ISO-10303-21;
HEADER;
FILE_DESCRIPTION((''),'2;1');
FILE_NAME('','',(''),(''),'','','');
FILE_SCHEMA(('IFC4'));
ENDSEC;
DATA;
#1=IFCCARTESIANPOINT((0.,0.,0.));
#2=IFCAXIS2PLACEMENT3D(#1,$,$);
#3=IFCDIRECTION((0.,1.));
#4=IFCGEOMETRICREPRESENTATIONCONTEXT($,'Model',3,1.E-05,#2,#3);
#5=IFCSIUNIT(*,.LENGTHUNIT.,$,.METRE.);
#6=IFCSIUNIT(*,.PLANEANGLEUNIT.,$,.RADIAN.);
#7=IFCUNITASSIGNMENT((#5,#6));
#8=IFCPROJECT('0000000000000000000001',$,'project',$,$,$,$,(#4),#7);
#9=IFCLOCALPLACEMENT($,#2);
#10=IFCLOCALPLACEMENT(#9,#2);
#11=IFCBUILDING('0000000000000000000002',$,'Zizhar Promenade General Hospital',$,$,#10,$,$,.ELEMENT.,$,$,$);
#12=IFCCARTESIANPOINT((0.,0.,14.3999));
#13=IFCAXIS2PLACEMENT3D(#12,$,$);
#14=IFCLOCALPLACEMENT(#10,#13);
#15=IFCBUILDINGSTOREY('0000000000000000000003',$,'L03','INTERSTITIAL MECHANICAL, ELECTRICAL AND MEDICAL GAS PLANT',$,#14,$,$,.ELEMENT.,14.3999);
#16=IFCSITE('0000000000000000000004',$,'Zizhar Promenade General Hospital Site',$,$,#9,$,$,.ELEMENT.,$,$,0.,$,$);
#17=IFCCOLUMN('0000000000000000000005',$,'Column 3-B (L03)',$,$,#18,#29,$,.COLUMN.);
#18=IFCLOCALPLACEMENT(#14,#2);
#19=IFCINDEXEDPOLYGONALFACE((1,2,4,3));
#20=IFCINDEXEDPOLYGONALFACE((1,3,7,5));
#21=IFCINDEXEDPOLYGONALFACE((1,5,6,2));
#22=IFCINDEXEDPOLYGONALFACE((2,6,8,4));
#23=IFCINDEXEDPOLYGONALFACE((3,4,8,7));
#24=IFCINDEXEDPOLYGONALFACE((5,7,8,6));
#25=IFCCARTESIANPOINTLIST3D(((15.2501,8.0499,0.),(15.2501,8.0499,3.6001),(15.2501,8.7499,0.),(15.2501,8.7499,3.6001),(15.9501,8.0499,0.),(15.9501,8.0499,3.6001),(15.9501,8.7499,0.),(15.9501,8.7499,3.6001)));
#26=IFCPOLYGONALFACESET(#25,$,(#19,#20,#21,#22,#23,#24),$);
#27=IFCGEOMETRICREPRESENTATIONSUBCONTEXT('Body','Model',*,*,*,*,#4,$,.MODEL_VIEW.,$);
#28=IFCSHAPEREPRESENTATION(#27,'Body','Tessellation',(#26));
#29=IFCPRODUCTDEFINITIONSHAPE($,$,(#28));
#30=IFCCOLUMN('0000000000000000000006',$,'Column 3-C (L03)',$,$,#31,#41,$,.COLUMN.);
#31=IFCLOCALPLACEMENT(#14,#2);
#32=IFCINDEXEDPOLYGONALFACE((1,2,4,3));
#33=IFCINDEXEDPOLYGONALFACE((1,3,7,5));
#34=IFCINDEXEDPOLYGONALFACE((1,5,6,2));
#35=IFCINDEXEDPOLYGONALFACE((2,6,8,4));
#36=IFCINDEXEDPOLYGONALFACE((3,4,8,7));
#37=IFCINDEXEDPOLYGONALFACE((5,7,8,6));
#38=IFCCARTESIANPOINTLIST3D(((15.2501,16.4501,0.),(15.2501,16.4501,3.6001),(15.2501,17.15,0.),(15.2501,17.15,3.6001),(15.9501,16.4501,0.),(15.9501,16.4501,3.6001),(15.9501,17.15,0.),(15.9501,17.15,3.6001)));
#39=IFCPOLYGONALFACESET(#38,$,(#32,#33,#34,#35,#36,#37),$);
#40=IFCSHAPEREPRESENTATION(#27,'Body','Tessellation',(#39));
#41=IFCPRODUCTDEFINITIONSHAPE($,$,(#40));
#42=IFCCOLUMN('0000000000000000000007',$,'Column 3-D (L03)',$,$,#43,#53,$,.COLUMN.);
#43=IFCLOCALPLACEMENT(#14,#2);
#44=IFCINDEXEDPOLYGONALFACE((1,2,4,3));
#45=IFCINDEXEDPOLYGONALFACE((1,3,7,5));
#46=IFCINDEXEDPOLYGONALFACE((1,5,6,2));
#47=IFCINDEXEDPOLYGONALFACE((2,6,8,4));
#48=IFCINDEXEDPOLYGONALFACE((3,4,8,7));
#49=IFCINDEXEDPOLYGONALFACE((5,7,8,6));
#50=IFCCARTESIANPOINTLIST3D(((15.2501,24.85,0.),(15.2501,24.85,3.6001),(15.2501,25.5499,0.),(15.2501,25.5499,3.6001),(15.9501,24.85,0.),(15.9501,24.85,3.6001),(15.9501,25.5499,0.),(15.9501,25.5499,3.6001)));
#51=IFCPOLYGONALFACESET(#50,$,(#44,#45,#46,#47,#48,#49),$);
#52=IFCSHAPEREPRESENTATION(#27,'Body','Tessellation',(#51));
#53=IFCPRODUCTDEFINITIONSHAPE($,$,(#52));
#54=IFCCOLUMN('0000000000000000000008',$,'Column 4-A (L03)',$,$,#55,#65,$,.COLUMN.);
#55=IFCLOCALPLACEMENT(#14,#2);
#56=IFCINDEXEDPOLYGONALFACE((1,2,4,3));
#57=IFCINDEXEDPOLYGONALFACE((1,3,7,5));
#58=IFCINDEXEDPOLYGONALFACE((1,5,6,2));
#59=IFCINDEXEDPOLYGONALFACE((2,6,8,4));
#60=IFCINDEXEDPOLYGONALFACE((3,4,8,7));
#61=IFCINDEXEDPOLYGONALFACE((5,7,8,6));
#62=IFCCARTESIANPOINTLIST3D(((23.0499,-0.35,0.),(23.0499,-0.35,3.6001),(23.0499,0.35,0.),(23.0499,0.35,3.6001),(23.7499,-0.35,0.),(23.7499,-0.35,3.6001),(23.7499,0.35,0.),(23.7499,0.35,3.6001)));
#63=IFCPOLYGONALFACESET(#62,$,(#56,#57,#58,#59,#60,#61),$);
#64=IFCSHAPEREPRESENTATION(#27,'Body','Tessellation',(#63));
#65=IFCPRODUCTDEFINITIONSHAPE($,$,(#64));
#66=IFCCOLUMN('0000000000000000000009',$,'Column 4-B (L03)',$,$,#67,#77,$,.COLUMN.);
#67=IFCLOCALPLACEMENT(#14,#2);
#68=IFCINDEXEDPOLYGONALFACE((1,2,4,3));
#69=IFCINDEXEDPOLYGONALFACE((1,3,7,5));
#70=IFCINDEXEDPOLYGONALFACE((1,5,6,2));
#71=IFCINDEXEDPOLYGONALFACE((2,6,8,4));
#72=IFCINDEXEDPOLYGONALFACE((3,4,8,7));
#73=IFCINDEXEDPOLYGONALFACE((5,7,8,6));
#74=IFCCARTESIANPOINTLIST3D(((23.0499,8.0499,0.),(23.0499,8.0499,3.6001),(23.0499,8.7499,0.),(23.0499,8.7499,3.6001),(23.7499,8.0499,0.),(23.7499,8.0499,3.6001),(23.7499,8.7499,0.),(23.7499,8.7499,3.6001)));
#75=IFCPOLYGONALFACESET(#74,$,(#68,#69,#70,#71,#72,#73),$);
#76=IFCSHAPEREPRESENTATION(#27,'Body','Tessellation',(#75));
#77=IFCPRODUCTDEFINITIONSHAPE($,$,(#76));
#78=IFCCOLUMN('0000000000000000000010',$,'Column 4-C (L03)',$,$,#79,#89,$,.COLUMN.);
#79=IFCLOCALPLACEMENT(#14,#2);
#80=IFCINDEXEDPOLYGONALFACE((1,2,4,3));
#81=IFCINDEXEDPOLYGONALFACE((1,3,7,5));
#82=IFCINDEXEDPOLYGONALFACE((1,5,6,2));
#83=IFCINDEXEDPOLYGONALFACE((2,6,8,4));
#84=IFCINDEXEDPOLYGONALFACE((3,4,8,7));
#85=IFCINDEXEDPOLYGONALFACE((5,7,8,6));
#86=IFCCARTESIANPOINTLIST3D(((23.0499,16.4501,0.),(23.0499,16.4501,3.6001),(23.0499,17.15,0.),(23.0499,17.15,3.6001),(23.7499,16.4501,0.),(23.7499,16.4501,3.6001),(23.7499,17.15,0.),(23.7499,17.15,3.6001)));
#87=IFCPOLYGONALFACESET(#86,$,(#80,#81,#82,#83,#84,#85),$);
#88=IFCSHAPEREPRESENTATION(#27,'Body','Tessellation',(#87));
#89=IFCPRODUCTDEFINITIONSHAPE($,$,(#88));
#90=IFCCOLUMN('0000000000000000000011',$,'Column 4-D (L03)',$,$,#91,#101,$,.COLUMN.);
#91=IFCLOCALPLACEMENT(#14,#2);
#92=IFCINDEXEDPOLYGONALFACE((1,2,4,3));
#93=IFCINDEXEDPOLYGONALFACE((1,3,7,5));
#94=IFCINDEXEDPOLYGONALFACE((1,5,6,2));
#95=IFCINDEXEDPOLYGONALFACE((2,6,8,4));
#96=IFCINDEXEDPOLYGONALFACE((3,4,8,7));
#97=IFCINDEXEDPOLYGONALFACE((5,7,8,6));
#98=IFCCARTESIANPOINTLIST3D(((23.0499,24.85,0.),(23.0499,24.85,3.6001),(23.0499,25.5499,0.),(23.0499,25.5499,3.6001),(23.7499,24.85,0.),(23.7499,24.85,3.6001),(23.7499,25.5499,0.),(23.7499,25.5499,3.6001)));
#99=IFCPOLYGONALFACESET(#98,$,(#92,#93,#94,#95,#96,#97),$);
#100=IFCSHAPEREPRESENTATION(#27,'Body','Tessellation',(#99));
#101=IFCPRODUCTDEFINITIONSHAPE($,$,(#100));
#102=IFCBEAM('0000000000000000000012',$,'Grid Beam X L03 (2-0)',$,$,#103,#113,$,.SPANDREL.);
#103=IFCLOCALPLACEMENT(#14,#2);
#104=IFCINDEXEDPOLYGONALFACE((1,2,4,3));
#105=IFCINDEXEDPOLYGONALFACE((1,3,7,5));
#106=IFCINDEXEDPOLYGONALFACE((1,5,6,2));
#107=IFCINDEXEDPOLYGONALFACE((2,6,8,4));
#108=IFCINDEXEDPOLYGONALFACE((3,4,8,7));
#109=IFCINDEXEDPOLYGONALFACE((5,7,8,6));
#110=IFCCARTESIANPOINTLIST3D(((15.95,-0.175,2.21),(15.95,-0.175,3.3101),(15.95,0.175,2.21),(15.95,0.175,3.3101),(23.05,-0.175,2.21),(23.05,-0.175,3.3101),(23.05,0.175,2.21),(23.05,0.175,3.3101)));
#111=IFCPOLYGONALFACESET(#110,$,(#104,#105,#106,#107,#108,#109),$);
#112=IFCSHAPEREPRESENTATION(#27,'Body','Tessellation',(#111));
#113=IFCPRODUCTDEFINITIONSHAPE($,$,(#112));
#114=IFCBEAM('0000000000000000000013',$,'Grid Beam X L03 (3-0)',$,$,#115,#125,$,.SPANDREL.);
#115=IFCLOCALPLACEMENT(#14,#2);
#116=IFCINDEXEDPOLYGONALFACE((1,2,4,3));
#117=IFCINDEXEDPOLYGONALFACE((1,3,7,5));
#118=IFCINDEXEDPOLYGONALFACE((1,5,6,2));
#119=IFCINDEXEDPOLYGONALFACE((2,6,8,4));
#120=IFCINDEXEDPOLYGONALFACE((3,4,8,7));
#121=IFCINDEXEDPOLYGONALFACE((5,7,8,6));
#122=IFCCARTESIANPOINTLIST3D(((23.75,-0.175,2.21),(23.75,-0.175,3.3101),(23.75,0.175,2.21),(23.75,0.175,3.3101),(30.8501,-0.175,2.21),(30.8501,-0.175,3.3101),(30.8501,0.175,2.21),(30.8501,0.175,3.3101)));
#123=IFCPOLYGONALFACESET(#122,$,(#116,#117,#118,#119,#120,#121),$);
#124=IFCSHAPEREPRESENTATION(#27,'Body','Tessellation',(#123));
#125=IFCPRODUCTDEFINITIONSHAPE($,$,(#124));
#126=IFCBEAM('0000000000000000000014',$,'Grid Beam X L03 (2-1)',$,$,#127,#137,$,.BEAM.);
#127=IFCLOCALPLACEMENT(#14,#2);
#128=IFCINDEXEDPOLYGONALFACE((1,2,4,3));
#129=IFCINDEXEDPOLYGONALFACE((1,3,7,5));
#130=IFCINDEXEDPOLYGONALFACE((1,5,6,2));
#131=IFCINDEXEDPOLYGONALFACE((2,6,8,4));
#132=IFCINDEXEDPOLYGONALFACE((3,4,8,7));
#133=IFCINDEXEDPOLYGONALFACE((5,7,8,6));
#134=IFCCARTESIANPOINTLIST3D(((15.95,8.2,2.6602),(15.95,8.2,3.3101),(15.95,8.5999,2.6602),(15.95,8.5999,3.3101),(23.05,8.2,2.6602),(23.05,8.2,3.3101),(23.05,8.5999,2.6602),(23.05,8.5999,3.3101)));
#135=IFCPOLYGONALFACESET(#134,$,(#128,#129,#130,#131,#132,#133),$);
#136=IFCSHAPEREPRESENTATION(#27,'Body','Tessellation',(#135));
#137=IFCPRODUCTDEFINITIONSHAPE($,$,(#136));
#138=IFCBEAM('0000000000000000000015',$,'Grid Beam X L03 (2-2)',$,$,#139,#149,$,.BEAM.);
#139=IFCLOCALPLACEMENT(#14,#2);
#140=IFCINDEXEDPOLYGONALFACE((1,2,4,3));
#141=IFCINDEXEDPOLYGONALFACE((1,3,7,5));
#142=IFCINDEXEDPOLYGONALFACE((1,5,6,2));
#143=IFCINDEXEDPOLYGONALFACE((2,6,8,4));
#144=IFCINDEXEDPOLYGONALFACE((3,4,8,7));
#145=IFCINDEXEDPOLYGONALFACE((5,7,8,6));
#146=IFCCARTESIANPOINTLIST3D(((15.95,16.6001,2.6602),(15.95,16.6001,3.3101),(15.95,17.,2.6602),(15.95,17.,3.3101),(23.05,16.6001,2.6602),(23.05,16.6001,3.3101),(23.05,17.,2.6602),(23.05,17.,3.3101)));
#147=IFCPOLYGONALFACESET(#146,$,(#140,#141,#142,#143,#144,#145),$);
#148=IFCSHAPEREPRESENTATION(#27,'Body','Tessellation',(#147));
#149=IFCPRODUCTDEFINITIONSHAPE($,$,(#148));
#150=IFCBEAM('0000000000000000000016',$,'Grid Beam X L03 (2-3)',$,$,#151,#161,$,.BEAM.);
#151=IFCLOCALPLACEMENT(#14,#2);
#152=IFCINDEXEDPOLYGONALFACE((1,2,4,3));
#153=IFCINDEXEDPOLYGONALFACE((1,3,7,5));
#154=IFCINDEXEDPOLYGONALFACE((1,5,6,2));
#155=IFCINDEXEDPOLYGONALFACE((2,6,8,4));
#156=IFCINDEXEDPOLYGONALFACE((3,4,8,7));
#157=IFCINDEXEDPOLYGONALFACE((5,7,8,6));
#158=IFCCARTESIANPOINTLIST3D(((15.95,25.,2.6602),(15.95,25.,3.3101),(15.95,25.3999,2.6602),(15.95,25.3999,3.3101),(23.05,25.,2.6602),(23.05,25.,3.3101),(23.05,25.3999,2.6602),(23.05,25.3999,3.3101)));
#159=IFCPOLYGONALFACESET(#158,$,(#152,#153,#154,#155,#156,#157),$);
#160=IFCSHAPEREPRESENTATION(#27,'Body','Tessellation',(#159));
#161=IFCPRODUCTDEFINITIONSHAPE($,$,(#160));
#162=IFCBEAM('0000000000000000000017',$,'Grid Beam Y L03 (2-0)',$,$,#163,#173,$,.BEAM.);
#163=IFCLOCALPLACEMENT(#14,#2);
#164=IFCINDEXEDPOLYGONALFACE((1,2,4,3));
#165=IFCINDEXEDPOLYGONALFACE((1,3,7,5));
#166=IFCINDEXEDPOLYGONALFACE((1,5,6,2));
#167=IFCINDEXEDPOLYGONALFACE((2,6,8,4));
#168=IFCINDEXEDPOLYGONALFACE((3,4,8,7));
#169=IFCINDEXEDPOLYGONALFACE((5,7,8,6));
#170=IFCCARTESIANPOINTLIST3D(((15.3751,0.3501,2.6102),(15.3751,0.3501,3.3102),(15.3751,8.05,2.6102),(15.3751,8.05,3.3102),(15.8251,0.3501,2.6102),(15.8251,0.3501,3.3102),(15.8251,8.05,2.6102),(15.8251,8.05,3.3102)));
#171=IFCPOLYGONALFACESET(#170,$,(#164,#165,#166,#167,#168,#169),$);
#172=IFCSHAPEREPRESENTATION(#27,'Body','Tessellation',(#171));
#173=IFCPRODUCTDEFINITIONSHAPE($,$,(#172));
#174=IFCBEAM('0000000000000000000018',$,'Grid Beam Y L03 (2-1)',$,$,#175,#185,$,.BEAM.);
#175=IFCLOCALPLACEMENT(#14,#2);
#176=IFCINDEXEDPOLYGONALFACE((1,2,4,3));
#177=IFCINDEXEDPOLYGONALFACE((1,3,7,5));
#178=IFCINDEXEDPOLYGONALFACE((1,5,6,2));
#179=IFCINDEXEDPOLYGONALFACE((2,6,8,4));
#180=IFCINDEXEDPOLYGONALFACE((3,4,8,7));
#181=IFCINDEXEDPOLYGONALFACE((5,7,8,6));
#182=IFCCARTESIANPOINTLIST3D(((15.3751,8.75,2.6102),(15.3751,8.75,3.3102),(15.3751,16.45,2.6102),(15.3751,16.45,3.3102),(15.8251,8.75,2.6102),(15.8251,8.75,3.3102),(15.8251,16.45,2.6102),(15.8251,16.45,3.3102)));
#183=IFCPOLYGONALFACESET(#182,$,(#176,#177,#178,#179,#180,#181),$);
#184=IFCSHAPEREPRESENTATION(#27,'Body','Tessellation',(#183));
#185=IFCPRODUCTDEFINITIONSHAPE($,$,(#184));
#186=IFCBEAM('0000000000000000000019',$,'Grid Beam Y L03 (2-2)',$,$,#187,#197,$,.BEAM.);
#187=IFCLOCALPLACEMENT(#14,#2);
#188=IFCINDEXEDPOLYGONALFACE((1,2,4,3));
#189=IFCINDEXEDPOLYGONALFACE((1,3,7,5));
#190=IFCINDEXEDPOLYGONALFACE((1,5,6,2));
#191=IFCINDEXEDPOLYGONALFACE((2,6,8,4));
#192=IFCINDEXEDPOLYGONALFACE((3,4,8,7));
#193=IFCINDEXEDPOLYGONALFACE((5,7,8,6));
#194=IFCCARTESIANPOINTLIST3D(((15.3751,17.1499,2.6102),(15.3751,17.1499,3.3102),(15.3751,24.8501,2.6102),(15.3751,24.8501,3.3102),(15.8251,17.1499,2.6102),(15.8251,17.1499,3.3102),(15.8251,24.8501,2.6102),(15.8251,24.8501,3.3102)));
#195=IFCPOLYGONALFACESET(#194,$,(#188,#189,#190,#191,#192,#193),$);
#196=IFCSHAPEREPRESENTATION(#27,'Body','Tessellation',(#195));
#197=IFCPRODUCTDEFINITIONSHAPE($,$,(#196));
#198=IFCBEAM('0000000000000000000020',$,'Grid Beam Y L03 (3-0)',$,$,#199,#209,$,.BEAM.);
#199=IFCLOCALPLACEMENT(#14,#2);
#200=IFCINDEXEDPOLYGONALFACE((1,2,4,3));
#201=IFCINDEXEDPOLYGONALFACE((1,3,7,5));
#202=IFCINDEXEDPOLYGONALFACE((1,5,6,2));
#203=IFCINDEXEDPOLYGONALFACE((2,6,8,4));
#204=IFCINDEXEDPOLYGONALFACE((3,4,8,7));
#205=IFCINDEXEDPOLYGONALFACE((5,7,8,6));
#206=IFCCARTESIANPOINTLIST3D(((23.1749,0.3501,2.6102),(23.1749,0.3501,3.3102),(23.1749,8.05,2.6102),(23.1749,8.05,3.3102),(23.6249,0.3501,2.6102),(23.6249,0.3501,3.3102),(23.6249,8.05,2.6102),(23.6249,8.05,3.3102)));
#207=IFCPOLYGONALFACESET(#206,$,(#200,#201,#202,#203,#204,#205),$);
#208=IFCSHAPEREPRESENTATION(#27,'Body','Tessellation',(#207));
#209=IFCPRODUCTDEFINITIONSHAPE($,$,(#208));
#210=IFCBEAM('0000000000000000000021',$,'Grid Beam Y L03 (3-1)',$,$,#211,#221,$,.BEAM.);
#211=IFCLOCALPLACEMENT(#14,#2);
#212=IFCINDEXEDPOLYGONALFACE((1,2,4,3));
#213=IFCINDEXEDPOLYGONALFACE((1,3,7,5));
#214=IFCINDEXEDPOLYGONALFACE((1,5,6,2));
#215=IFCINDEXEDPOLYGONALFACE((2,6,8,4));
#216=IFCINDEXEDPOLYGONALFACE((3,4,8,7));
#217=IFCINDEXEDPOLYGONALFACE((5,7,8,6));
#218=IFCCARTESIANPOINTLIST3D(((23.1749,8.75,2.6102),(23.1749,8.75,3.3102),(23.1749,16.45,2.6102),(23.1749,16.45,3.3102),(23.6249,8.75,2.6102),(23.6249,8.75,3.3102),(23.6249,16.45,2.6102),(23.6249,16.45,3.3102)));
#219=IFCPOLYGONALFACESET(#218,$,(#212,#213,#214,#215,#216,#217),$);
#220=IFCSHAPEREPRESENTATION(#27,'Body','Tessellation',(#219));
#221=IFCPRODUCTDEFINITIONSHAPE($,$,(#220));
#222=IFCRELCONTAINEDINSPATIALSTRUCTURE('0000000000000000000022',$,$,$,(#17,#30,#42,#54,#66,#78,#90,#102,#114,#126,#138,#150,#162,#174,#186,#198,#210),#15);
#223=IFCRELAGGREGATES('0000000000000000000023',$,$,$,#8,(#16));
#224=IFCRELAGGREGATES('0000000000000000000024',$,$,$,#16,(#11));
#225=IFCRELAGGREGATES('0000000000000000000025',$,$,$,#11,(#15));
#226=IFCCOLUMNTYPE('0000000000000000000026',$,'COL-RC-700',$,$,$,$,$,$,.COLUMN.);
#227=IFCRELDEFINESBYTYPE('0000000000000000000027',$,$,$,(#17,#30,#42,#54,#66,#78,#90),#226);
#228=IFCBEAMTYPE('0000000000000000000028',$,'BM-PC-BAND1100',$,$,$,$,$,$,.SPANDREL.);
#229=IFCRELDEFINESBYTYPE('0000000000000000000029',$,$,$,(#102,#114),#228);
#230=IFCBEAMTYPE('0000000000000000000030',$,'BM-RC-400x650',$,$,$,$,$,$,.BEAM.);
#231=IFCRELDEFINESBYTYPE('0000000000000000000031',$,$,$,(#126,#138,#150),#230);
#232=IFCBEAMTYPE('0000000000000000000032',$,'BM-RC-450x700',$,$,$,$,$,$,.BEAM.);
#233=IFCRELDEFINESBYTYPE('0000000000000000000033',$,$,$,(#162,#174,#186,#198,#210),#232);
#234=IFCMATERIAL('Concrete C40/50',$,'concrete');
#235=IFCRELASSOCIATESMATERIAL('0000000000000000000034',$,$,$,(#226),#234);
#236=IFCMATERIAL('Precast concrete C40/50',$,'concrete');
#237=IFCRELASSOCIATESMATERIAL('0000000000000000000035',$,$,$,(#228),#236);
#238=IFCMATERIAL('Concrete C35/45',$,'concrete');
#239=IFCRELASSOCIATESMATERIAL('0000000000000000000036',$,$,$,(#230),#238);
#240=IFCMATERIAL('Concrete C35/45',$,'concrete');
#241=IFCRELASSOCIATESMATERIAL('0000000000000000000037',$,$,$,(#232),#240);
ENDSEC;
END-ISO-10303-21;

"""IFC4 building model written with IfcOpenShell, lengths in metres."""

from ifc_helpers import new_model, si_unit, direction, frame, origin, origin_2d, place, context, subcontext, project, spatial, rectangle, extrude, material, material_profile, profile_set, type_object, element, save


model = new_model("IFC4")

# Units and contexts
model_context = context("Model", 3, precision=1e-05, world=origin(), true_north=direction((0.0, 1.0)))
body_context = subcontext(model_context, "Body", "Model", "MODEL_VIEW")
ifc_project = project(units=[si_unit("LENGTHUNIT", "METRE"), si_unit("PLANEANGLEUNIT", "RADIAN")], contexts=[model_context])

# Site, building, storey
site_placement = place(None, origin())
site = spatial("IfcSite", under=ifc_project, at=site_placement, Name="Zizhar Promenade General Hospital Site", CompositionType="ELEMENT", RefElevation=0.0)
building_placement = place(site_placement, origin())
building = spatial("IfcBuilding", under=site, at=building_placement, Name="Zizhar Promenade General Hospital", CompositionType="ELEMENT")
storey_placement = place(building_placement, frame((0.0, 0.0, 14.3999)))
storey = spatial("IfcBuildingStorey", under=building, at=storey_placement, Name="L03", Description="INTERSTITIAL MECHANICAL, ELECTRICAL AND MEDICAL GAS PLANT", CompositionType="ELEMENT", Elevation=14.3999)

# Columns
ifc_material_1 = material(Name="Concrete C40/50", Category="concrete")
ifc_material_profile_1 = material_profile(ifc_material_1, rectangle(XDim=0.7, YDim=0.7, at=origin_2d()))
ifc_profile_set_1 = profile_set([ifc_material_profile_1], Name="Concrete C40/50")
column_type_1 = type_object("IfcColumnType", Name="COL-RC-700", PredefinedType="COLUMN", material=ifc_profile_set_1)
for number, where, z_axis, x_axis, name in (
    (1, (15.6001, 8.3999, 0.0), (0.0, 0.0, 1.0), (1.0, 0.0, 0.0), "Column 3-B (L03)"),
    (2, (15.6001, 16.8, 0.0), (0.0, 0.0, 1.0), (1.0, 0.0, 0.0), "Column 3-C (L03)"),
    (3, (15.6001, 25.2, 0.0), (0.0, 0.0, 1.0), (1.0, 0.0, 0.0), "Column 3-D (L03)"),
    (4, (23.3999, 0.0, 0.0), (0.0, 0.0, 1.0), (1.0, 0.0, 0.0), "Column 4-A (L03)"),
    (5, (23.3999, 8.3999, 0.0), (0.0, 0.0, 1.0), (1.0, 0.0, 0.0), "Column 4-B (L03)"),
    (6, (23.3999, 16.8, 0.0), (0.0, 0.0, 1.0), (1.0, 0.0, 0.0), "Column 4-C (L03)"),
    (7, (23.3999, 25.2, 0.0), (0.0, 0.0, 1.0), (1.0, 0.0, 0.0), "Column 4-D (L03)"),
):
    element("IfcColumn", number, at=place(storey_placement, frame(where, z_axis=z_axis, x_axis=x_axis)), inside=storey, type_object=column_type_1, Name=name, PredefinedType="COLUMN", context=body_context, shape_type="SweptSolid", body=[
        extrude(rectangle(XDim=0.7, YDim=0.7, at=origin_2d()), origin(), (0.0, 0.0, 1.0), 3.6001),
    ])

# Beams
ifc_material_2 = material(Name="Precast concrete C40/50", Category="concrete")
ifc_material_profile_2 = material_profile(ifc_material_2, rectangle(XDim=0.3501, YDim=1.1001, at=origin_2d()))
ifc_profile_set_2 = profile_set([ifc_material_profile_2], Name="Precast concrete C40/50")
beam_type_1 = type_object("IfcBeamType", Name="BM-PC-BAND1100", PredefinedType="SPANDREL", material=ifc_profile_set_2)
for number, where, z_axis, x_axis, name in (
    (8, (15.95, 0.0, 2.76), (1.0, 0.0, 0.0), (0.0, 1.0, 0.0), "Grid Beam X L03 (2-0)"),
    (9, (23.75, 0.0, 2.76), (1.0, 0.0, 0.0), (0.0, 1.0, 0.0), "Grid Beam X L03 (3-0)"),
):
    element("IfcBeam", number, at=place(storey_placement, frame(where, z_axis=z_axis, x_axis=x_axis)), inside=storey, type_object=beam_type_1, Name=name, PredefinedType="SPANDREL", context=body_context, shape_type="SweptSolid", body=[
        extrude(rectangle(XDim=0.3501, YDim=1.1001, at=origin_2d()), origin(), (0.0, 0.0, 1.0), 7.1001),
    ])
ifc_material_3 = material(Name="Concrete C35/45", Category="concrete")
ifc_material_profile_3 = material_profile(ifc_material_3, rectangle(XDim=0.3999, YDim=0.6499, at=origin_2d()))
ifc_profile_set_3 = profile_set([ifc_material_profile_3], Name="Concrete C35/45")
beam_type_2 = type_object("IfcBeamType", Name="BM-RC-400x650", PredefinedType="BEAM", material=ifc_profile_set_3)
for number, where, z_axis, x_axis, name in (
    (10, (15.95, 8.3999, 2.9851), (1.0, 0.0, 0.0), (0.0, 1.0, 0.0), "Grid Beam X L03 (2-1)"),
    (11, (15.95, 16.8, 2.9851), (1.0, 0.0, 0.0), (0.0, 1.0, 0.0), "Grid Beam X L03 (2-2)"),
    (12, (15.95, 25.2, 2.9851), (1.0, 0.0, 0.0), (0.0, 1.0, 0.0), "Grid Beam X L03 (2-3)"),
):
    element("IfcBeam", number, at=place(storey_placement, frame(where, z_axis=z_axis, x_axis=x_axis)), inside=storey, type_object=beam_type_2, Name=name, PredefinedType="BEAM", context=body_context, shape_type="SweptSolid", body=[
        extrude(rectangle(XDim=0.3999, YDim=0.6499, at=origin_2d()), origin(), (0.0, 0.0, 1.0), 7.1001),
    ])
ifc_material_4 = material(Name="Concrete C35/45", Category="concrete")
ifc_material_profile_4 = material_profile(ifc_material_4, rectangle(XDim=0.45, YDim=0.7, at=origin_2d()))
ifc_profile_set_4 = profile_set([ifc_material_profile_4], Name="Concrete C35/45")
beam_type_3 = type_object("IfcBeamType", Name="BM-RC-450x700", PredefinedType="BEAM", material=ifc_profile_set_4)
for number, where, z_axis, x_axis, name in (
    (13, (15.6001, 0.3501, 2.9602), (0.0, 1.0, 0.0), (-1.0, 0.0, 0.0), "Grid Beam Y L03 (2-0)"),
    (14, (15.6001, 8.75, 2.9602), (0.0, 1.0, 0.0), (-1.0, 0.0, 0.0), "Grid Beam Y L03 (2-1)"),
):
    element("IfcBeam", number, at=place(storey_placement, frame(where, z_axis=z_axis, x_axis=x_axis)), inside=storey, type_object=beam_type_3, Name=name, PredefinedType="BEAM", context=body_context, shape_type="SweptSolid", body=[
        extrude(rectangle(XDim=0.45, YDim=0.7, at=origin_2d()), origin(), (0.0, 0.0, 1.0), 7.7),
    ])
beam_1_placement = place(storey_placement, frame((15.6001, 17.1499, 2.9602), z_axis=(0.0, 1.0, 0.0), x_axis=(-1.0, 0.0, 0.0)))
element("IfcBeam", 15, at=beam_1_placement, inside=storey, type_object=beam_type_3, Name="Grid Beam Y L03 (2-2)", PredefinedType="BEAM", context=body_context, shape_type="SweptSolid", body=[
    extrude(rectangle(XDim=0.45, YDim=0.7, at=origin_2d()), origin(), (0.0, 0.0, 1.0), 7.7002),
])
for number, where, z_axis, x_axis, name in (
    (16, (23.3999, 0.3501, 2.9602), (0.0, 1.0, 0.0), (-1.0, 0.0, 0.0), "Grid Beam Y L03 (3-0)"),
    (17, (23.3999, 8.75, 2.9602), (0.0, 1.0, 0.0), (-1.0, 0.0, 0.0), "Grid Beam Y L03 (3-1)"),
):
    element("IfcBeam", number, at=place(storey_placement, frame(where, z_axis=z_axis, x_axis=x_axis)), inside=storey, type_object=beam_type_3, Name=name, PredefinedType="BEAM", context=body_context, shape_type="SweptSolid", body=[
        extrude(rectangle(XDim=0.45, YDim=0.7, at=origin_2d()), origin(), (0.0, 0.0, 1.0), 7.7),
    ])

save(model, "model.ifc")
